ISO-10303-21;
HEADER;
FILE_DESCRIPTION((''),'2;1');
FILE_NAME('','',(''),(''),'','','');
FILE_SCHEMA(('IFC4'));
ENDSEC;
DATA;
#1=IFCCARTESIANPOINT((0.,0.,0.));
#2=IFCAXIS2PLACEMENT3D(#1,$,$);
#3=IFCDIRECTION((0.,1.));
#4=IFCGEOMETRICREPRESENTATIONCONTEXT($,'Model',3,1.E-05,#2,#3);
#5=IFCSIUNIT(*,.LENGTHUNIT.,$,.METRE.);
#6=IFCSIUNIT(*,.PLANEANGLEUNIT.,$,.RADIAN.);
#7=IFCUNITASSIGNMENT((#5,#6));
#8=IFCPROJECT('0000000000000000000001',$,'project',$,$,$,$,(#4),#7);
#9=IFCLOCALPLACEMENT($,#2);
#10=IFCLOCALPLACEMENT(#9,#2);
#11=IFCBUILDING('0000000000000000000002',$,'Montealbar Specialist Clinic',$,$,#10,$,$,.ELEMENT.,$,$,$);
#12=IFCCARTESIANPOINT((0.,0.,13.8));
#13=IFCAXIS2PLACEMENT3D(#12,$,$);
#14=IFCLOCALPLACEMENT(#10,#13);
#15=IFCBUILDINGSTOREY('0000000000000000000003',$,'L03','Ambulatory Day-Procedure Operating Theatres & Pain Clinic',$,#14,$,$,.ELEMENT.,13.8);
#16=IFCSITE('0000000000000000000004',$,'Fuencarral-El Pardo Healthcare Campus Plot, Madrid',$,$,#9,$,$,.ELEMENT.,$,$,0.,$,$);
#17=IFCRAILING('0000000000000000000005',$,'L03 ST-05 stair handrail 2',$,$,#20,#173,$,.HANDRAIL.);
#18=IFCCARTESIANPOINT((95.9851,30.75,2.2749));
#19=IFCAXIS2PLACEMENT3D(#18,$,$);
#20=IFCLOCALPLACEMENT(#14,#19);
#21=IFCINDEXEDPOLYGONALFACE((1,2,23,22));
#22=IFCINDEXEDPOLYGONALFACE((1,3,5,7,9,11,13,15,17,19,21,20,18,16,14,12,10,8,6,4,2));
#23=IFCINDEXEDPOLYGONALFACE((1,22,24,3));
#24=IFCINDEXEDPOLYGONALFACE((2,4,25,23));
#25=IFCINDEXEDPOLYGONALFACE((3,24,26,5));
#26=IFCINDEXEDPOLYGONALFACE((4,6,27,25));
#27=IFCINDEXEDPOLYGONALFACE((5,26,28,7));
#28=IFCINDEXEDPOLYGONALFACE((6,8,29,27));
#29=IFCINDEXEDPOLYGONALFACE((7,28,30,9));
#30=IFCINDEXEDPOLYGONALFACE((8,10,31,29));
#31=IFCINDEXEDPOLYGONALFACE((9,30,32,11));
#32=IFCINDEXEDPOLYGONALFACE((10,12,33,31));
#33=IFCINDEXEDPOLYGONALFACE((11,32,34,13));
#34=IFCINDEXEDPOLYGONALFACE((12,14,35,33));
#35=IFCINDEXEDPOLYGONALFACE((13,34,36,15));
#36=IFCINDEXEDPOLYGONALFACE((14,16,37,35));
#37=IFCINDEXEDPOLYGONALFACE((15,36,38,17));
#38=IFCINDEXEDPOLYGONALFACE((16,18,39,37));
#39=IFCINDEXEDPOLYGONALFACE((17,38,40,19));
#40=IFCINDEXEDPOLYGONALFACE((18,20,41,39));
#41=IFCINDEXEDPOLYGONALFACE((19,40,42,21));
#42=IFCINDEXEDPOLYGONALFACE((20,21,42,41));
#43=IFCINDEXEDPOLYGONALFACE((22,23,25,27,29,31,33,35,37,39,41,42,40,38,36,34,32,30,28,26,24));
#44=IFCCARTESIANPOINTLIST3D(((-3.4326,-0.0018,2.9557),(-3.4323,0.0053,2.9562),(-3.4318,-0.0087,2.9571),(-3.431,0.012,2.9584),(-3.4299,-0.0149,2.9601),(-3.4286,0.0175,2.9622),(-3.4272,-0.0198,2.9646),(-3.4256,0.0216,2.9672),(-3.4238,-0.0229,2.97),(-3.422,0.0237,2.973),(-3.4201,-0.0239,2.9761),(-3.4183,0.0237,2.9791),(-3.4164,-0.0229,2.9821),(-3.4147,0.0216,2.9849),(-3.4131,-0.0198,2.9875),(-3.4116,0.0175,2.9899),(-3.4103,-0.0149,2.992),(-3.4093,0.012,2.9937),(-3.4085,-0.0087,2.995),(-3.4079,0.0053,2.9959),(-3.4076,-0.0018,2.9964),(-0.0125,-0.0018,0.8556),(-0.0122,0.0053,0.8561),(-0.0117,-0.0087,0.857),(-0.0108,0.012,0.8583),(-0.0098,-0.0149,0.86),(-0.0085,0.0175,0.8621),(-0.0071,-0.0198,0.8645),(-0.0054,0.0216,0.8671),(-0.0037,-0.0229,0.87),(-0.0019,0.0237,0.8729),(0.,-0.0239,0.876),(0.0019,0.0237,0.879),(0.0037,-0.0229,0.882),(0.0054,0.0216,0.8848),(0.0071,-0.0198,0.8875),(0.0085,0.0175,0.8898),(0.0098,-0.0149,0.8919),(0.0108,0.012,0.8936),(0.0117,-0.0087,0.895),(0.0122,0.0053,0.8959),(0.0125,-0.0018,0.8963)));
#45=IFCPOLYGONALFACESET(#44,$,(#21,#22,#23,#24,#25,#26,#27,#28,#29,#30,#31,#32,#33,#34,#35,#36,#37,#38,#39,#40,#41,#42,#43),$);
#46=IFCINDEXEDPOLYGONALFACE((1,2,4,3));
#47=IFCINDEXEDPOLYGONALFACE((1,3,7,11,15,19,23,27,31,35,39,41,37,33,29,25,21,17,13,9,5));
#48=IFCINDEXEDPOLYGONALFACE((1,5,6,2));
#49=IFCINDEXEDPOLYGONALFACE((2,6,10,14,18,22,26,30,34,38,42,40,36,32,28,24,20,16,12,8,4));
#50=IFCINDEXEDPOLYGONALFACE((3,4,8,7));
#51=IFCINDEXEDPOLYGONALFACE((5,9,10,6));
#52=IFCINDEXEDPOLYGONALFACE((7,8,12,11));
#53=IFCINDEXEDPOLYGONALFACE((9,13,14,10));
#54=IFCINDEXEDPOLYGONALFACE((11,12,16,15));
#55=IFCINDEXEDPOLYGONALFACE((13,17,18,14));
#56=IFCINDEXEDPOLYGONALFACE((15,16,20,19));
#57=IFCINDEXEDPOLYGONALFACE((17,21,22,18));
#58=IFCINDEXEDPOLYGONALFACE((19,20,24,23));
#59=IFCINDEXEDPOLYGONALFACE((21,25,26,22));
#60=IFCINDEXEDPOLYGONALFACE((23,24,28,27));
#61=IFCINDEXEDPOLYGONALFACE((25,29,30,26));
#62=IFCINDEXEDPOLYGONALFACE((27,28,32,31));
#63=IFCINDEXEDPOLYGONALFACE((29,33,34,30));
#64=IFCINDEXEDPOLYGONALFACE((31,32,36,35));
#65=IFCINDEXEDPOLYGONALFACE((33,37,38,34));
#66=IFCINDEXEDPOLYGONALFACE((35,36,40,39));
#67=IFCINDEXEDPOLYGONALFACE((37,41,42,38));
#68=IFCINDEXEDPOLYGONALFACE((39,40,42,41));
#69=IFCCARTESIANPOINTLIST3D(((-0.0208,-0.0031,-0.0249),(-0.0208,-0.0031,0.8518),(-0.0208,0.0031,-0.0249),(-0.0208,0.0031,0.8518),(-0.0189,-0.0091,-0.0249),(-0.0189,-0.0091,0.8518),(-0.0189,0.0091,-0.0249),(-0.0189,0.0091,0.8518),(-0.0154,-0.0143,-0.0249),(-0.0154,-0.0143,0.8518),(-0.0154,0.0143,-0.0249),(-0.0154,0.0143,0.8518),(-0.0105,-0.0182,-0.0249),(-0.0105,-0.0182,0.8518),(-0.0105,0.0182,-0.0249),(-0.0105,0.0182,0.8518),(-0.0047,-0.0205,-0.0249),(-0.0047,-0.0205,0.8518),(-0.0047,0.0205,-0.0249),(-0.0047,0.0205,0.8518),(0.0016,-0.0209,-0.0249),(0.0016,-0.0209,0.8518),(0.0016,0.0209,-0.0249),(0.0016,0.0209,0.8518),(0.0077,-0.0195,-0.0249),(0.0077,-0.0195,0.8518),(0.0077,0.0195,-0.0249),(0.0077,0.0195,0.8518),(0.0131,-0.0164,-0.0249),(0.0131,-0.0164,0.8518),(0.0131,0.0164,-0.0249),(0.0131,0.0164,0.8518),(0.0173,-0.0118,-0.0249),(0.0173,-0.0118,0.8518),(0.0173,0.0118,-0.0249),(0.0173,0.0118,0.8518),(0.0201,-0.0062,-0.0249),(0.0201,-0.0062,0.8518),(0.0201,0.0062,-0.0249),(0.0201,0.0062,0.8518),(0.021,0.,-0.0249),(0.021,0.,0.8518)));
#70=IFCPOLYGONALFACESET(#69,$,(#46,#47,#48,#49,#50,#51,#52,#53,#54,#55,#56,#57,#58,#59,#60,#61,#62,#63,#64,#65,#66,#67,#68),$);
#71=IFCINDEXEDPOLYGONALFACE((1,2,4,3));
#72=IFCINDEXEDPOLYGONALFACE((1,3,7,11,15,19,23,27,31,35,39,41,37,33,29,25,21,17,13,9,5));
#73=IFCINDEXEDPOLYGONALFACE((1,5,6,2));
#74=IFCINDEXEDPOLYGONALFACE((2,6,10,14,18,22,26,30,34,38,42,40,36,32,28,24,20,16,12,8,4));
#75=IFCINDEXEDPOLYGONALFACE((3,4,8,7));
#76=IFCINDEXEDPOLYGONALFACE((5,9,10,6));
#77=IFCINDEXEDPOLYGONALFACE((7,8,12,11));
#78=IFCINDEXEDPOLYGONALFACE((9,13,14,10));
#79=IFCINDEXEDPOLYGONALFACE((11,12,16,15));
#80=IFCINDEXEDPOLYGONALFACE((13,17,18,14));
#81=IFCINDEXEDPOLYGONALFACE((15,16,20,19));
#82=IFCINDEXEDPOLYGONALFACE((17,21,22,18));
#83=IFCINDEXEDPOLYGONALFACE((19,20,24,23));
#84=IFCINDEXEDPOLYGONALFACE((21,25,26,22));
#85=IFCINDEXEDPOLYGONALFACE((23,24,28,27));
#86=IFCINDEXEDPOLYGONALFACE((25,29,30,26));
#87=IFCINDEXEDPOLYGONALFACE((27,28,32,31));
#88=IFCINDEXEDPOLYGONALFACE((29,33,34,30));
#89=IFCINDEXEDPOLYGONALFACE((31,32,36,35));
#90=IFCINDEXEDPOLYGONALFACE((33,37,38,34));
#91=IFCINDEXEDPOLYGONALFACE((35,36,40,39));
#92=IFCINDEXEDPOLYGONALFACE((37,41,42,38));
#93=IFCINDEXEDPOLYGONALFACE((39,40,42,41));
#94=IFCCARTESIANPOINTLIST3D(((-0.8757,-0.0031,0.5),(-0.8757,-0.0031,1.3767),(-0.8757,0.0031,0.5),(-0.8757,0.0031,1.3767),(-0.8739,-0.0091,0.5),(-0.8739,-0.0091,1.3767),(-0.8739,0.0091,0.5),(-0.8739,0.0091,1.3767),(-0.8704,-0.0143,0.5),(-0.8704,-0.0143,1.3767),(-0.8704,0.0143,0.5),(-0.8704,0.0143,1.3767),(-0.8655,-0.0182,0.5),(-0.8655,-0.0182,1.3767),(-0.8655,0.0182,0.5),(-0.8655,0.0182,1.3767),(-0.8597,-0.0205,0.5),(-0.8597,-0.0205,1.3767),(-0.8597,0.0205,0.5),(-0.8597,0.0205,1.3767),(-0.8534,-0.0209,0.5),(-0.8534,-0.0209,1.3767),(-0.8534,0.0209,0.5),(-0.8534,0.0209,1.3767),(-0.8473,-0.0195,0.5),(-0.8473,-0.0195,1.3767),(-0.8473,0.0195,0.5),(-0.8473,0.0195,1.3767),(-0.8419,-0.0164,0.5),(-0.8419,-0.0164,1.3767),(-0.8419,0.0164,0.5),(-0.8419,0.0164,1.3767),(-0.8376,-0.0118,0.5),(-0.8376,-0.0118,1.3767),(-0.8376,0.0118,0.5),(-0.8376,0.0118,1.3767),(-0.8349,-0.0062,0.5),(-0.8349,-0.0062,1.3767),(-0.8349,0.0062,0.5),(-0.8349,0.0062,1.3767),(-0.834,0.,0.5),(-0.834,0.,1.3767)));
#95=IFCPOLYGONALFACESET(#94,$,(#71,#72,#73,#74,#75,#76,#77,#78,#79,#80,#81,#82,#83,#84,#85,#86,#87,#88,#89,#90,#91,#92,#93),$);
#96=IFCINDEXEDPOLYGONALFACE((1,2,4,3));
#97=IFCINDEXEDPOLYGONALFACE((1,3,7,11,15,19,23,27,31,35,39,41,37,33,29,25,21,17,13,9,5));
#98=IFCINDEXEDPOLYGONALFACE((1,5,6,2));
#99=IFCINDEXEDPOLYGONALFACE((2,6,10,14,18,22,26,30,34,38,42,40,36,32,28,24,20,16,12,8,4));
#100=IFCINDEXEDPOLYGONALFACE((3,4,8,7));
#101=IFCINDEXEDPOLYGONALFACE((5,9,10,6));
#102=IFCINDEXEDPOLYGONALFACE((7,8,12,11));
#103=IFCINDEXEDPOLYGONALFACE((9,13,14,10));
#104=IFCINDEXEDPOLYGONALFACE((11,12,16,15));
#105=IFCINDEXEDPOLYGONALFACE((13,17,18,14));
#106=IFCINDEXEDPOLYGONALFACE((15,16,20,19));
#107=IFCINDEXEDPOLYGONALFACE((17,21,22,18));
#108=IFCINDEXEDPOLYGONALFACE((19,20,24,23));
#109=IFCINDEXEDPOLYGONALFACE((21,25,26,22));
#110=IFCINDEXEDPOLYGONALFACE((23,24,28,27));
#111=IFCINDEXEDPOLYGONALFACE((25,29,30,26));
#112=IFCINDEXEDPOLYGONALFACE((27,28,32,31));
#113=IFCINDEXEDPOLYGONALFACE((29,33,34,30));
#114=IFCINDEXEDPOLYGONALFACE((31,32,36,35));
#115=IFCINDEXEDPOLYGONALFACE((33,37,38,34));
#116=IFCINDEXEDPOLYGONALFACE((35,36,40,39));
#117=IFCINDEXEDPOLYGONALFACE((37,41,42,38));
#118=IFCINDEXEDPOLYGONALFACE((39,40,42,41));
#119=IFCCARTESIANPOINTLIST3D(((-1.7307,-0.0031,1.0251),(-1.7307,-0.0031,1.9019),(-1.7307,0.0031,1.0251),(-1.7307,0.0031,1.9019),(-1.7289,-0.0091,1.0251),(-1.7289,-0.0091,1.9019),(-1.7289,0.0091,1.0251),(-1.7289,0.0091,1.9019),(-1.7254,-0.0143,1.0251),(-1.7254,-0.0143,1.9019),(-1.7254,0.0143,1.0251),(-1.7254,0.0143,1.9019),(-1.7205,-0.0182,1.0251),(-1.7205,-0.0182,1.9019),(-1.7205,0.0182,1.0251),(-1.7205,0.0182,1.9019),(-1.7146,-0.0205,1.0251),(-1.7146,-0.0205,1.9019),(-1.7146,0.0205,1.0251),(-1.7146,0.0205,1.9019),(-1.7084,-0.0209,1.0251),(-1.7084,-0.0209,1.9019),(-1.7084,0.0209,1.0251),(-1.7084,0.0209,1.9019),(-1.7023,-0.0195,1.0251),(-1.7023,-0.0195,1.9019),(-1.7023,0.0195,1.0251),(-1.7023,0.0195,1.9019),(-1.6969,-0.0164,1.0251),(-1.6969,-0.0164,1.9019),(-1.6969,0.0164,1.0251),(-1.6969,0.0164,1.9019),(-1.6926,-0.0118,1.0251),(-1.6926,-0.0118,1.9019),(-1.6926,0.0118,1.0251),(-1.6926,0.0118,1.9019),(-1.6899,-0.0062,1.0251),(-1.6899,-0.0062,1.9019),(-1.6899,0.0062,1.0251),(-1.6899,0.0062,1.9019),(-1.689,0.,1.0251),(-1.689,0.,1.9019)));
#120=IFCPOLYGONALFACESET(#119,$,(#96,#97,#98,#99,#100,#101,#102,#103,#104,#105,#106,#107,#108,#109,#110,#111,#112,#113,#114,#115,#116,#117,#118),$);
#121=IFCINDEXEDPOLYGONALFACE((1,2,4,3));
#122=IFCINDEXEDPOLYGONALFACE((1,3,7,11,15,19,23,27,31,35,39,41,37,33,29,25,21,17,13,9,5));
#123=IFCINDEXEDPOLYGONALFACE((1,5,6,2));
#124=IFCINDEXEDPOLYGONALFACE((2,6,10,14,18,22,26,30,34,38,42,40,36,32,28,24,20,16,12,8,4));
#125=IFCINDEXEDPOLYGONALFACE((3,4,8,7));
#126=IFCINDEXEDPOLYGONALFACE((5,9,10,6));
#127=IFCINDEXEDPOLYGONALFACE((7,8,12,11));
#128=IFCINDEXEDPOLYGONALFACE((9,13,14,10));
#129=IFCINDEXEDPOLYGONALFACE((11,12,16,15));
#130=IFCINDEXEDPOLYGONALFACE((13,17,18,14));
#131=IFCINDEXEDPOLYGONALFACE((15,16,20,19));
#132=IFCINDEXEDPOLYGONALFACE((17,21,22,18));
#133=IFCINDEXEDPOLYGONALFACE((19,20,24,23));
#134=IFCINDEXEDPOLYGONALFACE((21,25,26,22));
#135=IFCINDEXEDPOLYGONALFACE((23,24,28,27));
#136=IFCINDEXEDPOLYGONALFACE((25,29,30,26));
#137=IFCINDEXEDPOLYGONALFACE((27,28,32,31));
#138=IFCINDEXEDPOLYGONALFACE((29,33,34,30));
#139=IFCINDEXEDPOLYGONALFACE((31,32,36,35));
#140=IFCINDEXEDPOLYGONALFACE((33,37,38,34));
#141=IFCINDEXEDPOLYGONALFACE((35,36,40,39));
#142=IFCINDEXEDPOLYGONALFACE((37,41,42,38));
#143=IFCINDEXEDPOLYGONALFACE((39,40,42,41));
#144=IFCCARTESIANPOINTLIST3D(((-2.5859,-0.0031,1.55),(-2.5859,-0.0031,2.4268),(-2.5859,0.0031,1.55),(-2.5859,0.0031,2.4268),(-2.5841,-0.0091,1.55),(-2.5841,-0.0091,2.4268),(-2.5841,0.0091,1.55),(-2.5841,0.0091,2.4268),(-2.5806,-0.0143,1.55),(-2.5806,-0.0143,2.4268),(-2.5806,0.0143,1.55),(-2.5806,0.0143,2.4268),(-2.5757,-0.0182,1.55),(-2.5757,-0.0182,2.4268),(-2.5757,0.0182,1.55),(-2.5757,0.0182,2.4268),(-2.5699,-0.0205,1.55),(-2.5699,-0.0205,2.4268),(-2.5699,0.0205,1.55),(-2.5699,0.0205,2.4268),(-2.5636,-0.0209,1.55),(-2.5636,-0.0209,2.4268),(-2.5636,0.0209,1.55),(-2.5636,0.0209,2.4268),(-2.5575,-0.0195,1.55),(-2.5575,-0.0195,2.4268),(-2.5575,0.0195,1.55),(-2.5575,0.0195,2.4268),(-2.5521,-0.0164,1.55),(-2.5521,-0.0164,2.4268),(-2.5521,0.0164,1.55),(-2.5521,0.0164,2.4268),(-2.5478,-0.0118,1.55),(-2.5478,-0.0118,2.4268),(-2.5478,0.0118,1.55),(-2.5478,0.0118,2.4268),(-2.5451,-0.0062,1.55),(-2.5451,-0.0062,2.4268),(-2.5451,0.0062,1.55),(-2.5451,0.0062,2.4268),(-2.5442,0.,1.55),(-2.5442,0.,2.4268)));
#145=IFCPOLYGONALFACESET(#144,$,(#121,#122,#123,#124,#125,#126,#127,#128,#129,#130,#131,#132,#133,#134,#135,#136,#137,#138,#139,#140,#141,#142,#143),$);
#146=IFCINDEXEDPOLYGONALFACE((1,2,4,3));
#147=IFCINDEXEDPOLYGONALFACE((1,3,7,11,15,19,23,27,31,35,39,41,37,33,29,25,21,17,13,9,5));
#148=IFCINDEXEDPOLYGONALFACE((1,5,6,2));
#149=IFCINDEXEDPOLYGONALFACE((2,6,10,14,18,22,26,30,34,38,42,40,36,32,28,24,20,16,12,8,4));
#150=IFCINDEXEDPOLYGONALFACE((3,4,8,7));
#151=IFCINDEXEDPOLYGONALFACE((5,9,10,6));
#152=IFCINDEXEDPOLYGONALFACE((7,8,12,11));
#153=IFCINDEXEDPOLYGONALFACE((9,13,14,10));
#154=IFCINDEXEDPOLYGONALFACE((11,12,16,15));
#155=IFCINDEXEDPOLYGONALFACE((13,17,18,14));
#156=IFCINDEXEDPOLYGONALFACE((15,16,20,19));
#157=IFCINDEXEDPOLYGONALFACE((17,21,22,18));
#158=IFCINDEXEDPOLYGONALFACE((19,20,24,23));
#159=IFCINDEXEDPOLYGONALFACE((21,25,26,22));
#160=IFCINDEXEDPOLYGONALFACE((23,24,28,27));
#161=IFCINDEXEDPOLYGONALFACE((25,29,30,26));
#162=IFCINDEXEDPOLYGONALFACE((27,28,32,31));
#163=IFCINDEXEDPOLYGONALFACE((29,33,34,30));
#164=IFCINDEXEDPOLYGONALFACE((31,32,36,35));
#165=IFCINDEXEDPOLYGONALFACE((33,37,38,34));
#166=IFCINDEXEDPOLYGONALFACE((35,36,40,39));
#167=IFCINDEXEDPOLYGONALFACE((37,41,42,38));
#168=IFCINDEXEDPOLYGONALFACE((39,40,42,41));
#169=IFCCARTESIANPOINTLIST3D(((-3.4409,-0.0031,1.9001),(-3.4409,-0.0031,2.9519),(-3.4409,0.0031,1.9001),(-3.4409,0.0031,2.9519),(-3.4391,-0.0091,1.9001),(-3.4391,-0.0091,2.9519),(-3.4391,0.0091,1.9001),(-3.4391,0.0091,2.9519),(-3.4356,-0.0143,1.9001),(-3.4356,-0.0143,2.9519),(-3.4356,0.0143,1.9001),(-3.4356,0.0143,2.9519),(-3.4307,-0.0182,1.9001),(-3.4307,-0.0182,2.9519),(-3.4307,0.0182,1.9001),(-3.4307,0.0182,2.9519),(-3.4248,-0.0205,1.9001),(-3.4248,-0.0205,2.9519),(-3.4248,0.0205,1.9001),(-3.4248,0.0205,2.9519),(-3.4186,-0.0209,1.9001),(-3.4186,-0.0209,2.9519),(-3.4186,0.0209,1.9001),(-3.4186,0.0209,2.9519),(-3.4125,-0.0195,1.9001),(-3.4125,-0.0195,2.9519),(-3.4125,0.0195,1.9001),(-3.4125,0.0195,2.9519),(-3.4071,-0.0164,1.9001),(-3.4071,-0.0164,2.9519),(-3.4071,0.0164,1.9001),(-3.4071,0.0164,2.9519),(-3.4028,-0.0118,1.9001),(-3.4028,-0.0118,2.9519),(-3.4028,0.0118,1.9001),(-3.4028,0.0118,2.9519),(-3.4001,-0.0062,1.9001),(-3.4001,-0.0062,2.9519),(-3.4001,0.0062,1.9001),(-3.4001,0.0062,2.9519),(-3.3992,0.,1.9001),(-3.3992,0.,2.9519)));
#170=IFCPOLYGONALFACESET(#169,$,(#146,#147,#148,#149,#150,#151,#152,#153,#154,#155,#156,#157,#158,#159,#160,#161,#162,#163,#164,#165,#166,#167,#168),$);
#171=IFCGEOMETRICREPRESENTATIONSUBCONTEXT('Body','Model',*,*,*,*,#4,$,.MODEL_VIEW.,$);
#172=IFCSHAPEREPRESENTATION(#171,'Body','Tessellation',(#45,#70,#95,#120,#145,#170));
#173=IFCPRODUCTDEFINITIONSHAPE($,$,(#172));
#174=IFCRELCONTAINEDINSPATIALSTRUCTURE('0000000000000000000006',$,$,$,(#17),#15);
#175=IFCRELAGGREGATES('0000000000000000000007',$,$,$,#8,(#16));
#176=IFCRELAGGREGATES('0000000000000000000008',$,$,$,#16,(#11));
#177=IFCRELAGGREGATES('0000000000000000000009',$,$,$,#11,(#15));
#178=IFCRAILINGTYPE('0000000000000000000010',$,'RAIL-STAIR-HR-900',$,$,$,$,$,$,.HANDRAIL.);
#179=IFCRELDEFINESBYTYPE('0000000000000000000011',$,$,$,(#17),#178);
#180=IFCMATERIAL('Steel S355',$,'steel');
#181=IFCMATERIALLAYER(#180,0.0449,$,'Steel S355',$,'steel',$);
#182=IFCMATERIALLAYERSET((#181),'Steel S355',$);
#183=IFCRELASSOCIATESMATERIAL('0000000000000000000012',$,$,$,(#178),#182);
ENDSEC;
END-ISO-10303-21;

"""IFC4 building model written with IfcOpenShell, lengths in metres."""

from ifc_helpers import new_model, si_unit, direction, frame, origin, origin_2d, place, context, subcontext, project, spatial, circle, extrude, material, layer, layer_set, type_object, element, save


model = new_model("IFC4")

# Units and contexts
model_context = context("Model", 3, precision=1e-05, world=origin(), true_north=direction((0.0, 1.0)))
body_context = subcontext(model_context, "Body", "Model", "MODEL_VIEW")
ifc_project = project(units=[si_unit("LENGTHUNIT", "METRE"), si_unit("PLANEANGLEUNIT", "RADIAN")], contexts=[model_context])

# Site, building, storey
site_placement = place(None, origin())
site = spatial("IfcSite", under=ifc_project, at=site_placement, Name="Fuencarral-El Pardo Healthcare Campus Plot, Madrid", CompositionType="ELEMENT", RefElevation=0.0)
building_placement = place(site_placement, origin())
building = spatial("IfcBuilding", under=site, at=building_placement, Name="Montealbar Specialist Clinic", CompositionType="ELEMENT")
storey_placement = place(building_placement, frame((0.0, 0.0, 13.8)))
storey = spatial("IfcBuildingStorey", under=building, at=storey_placement, Name="L03", Description="Ambulatory Day-Procedure Operating Theatres & Pain Clinic", CompositionType="ELEMENT", Elevation=13.8)

# Shared definitions
ifc_material_1 = material(Name="Steel S355", Category="steel")

# Railing
ifc_layer_1 = layer(ifc_material_1, 0.0449, Name="Steel S355", Category="steel")
ifc_layer_set_1 = layer_set([ifc_layer_1], Name="Steel S355")
railing_type_1 = type_object("IfcRailingType", Name="RAIL-STAIR-HR-900", PredefinedType="HANDRAIL", material=ifc_layer_set_1)
railing_1_placement = place(storey_placement, frame((95.9851, 30.75, 2.2749)))
element("IfcRailing", 1, at=railing_1_placement, inside=storey, type_object=railing_type_1, Name="L03 ST-05 stair handrail 2", PredefinedType="HANDRAIL", context=body_context, shape_type="SweptSolid", body=[
    extrude(circle(Radius=0.0239, at=origin_2d()), frame((0.0, 0.0, 0.876), z_axis=(-0.852172, 0.0, 0.523262), x_axis=(0.0, -1.0, 0.0)), (0.0, 0.0, 1.0), 4.0134),
    extrude(circle(Radius=0.021, at=origin_2d()), frame((0.0, 0.0, -0.0249)), (0.0, 0.0, 1.0), 0.8767),
    extrude(circle(Radius=0.021, at=origin_2d()), frame((-0.855, 0.0, 0.5)), (0.0, 0.0, 1.0), 0.8767),
    extrude(circle(Radius=0.021, at=origin_2d()), frame((-1.71, 0.0, 1.0251)), (0.0, 0.0, 1.0), 0.8767),
    extrude(circle(Radius=0.021, at=origin_2d()), frame((-2.5652, 0.0, 1.55)), (0.0, 0.0, 1.0), 0.8767),
    extrude(circle(Radius=0.021, at=origin_2d()), frame((-3.4202, 0.0, 1.9001)), (0.0, 0.0, 1.0), 1.0518),
])

save(model, "model.ifc")
